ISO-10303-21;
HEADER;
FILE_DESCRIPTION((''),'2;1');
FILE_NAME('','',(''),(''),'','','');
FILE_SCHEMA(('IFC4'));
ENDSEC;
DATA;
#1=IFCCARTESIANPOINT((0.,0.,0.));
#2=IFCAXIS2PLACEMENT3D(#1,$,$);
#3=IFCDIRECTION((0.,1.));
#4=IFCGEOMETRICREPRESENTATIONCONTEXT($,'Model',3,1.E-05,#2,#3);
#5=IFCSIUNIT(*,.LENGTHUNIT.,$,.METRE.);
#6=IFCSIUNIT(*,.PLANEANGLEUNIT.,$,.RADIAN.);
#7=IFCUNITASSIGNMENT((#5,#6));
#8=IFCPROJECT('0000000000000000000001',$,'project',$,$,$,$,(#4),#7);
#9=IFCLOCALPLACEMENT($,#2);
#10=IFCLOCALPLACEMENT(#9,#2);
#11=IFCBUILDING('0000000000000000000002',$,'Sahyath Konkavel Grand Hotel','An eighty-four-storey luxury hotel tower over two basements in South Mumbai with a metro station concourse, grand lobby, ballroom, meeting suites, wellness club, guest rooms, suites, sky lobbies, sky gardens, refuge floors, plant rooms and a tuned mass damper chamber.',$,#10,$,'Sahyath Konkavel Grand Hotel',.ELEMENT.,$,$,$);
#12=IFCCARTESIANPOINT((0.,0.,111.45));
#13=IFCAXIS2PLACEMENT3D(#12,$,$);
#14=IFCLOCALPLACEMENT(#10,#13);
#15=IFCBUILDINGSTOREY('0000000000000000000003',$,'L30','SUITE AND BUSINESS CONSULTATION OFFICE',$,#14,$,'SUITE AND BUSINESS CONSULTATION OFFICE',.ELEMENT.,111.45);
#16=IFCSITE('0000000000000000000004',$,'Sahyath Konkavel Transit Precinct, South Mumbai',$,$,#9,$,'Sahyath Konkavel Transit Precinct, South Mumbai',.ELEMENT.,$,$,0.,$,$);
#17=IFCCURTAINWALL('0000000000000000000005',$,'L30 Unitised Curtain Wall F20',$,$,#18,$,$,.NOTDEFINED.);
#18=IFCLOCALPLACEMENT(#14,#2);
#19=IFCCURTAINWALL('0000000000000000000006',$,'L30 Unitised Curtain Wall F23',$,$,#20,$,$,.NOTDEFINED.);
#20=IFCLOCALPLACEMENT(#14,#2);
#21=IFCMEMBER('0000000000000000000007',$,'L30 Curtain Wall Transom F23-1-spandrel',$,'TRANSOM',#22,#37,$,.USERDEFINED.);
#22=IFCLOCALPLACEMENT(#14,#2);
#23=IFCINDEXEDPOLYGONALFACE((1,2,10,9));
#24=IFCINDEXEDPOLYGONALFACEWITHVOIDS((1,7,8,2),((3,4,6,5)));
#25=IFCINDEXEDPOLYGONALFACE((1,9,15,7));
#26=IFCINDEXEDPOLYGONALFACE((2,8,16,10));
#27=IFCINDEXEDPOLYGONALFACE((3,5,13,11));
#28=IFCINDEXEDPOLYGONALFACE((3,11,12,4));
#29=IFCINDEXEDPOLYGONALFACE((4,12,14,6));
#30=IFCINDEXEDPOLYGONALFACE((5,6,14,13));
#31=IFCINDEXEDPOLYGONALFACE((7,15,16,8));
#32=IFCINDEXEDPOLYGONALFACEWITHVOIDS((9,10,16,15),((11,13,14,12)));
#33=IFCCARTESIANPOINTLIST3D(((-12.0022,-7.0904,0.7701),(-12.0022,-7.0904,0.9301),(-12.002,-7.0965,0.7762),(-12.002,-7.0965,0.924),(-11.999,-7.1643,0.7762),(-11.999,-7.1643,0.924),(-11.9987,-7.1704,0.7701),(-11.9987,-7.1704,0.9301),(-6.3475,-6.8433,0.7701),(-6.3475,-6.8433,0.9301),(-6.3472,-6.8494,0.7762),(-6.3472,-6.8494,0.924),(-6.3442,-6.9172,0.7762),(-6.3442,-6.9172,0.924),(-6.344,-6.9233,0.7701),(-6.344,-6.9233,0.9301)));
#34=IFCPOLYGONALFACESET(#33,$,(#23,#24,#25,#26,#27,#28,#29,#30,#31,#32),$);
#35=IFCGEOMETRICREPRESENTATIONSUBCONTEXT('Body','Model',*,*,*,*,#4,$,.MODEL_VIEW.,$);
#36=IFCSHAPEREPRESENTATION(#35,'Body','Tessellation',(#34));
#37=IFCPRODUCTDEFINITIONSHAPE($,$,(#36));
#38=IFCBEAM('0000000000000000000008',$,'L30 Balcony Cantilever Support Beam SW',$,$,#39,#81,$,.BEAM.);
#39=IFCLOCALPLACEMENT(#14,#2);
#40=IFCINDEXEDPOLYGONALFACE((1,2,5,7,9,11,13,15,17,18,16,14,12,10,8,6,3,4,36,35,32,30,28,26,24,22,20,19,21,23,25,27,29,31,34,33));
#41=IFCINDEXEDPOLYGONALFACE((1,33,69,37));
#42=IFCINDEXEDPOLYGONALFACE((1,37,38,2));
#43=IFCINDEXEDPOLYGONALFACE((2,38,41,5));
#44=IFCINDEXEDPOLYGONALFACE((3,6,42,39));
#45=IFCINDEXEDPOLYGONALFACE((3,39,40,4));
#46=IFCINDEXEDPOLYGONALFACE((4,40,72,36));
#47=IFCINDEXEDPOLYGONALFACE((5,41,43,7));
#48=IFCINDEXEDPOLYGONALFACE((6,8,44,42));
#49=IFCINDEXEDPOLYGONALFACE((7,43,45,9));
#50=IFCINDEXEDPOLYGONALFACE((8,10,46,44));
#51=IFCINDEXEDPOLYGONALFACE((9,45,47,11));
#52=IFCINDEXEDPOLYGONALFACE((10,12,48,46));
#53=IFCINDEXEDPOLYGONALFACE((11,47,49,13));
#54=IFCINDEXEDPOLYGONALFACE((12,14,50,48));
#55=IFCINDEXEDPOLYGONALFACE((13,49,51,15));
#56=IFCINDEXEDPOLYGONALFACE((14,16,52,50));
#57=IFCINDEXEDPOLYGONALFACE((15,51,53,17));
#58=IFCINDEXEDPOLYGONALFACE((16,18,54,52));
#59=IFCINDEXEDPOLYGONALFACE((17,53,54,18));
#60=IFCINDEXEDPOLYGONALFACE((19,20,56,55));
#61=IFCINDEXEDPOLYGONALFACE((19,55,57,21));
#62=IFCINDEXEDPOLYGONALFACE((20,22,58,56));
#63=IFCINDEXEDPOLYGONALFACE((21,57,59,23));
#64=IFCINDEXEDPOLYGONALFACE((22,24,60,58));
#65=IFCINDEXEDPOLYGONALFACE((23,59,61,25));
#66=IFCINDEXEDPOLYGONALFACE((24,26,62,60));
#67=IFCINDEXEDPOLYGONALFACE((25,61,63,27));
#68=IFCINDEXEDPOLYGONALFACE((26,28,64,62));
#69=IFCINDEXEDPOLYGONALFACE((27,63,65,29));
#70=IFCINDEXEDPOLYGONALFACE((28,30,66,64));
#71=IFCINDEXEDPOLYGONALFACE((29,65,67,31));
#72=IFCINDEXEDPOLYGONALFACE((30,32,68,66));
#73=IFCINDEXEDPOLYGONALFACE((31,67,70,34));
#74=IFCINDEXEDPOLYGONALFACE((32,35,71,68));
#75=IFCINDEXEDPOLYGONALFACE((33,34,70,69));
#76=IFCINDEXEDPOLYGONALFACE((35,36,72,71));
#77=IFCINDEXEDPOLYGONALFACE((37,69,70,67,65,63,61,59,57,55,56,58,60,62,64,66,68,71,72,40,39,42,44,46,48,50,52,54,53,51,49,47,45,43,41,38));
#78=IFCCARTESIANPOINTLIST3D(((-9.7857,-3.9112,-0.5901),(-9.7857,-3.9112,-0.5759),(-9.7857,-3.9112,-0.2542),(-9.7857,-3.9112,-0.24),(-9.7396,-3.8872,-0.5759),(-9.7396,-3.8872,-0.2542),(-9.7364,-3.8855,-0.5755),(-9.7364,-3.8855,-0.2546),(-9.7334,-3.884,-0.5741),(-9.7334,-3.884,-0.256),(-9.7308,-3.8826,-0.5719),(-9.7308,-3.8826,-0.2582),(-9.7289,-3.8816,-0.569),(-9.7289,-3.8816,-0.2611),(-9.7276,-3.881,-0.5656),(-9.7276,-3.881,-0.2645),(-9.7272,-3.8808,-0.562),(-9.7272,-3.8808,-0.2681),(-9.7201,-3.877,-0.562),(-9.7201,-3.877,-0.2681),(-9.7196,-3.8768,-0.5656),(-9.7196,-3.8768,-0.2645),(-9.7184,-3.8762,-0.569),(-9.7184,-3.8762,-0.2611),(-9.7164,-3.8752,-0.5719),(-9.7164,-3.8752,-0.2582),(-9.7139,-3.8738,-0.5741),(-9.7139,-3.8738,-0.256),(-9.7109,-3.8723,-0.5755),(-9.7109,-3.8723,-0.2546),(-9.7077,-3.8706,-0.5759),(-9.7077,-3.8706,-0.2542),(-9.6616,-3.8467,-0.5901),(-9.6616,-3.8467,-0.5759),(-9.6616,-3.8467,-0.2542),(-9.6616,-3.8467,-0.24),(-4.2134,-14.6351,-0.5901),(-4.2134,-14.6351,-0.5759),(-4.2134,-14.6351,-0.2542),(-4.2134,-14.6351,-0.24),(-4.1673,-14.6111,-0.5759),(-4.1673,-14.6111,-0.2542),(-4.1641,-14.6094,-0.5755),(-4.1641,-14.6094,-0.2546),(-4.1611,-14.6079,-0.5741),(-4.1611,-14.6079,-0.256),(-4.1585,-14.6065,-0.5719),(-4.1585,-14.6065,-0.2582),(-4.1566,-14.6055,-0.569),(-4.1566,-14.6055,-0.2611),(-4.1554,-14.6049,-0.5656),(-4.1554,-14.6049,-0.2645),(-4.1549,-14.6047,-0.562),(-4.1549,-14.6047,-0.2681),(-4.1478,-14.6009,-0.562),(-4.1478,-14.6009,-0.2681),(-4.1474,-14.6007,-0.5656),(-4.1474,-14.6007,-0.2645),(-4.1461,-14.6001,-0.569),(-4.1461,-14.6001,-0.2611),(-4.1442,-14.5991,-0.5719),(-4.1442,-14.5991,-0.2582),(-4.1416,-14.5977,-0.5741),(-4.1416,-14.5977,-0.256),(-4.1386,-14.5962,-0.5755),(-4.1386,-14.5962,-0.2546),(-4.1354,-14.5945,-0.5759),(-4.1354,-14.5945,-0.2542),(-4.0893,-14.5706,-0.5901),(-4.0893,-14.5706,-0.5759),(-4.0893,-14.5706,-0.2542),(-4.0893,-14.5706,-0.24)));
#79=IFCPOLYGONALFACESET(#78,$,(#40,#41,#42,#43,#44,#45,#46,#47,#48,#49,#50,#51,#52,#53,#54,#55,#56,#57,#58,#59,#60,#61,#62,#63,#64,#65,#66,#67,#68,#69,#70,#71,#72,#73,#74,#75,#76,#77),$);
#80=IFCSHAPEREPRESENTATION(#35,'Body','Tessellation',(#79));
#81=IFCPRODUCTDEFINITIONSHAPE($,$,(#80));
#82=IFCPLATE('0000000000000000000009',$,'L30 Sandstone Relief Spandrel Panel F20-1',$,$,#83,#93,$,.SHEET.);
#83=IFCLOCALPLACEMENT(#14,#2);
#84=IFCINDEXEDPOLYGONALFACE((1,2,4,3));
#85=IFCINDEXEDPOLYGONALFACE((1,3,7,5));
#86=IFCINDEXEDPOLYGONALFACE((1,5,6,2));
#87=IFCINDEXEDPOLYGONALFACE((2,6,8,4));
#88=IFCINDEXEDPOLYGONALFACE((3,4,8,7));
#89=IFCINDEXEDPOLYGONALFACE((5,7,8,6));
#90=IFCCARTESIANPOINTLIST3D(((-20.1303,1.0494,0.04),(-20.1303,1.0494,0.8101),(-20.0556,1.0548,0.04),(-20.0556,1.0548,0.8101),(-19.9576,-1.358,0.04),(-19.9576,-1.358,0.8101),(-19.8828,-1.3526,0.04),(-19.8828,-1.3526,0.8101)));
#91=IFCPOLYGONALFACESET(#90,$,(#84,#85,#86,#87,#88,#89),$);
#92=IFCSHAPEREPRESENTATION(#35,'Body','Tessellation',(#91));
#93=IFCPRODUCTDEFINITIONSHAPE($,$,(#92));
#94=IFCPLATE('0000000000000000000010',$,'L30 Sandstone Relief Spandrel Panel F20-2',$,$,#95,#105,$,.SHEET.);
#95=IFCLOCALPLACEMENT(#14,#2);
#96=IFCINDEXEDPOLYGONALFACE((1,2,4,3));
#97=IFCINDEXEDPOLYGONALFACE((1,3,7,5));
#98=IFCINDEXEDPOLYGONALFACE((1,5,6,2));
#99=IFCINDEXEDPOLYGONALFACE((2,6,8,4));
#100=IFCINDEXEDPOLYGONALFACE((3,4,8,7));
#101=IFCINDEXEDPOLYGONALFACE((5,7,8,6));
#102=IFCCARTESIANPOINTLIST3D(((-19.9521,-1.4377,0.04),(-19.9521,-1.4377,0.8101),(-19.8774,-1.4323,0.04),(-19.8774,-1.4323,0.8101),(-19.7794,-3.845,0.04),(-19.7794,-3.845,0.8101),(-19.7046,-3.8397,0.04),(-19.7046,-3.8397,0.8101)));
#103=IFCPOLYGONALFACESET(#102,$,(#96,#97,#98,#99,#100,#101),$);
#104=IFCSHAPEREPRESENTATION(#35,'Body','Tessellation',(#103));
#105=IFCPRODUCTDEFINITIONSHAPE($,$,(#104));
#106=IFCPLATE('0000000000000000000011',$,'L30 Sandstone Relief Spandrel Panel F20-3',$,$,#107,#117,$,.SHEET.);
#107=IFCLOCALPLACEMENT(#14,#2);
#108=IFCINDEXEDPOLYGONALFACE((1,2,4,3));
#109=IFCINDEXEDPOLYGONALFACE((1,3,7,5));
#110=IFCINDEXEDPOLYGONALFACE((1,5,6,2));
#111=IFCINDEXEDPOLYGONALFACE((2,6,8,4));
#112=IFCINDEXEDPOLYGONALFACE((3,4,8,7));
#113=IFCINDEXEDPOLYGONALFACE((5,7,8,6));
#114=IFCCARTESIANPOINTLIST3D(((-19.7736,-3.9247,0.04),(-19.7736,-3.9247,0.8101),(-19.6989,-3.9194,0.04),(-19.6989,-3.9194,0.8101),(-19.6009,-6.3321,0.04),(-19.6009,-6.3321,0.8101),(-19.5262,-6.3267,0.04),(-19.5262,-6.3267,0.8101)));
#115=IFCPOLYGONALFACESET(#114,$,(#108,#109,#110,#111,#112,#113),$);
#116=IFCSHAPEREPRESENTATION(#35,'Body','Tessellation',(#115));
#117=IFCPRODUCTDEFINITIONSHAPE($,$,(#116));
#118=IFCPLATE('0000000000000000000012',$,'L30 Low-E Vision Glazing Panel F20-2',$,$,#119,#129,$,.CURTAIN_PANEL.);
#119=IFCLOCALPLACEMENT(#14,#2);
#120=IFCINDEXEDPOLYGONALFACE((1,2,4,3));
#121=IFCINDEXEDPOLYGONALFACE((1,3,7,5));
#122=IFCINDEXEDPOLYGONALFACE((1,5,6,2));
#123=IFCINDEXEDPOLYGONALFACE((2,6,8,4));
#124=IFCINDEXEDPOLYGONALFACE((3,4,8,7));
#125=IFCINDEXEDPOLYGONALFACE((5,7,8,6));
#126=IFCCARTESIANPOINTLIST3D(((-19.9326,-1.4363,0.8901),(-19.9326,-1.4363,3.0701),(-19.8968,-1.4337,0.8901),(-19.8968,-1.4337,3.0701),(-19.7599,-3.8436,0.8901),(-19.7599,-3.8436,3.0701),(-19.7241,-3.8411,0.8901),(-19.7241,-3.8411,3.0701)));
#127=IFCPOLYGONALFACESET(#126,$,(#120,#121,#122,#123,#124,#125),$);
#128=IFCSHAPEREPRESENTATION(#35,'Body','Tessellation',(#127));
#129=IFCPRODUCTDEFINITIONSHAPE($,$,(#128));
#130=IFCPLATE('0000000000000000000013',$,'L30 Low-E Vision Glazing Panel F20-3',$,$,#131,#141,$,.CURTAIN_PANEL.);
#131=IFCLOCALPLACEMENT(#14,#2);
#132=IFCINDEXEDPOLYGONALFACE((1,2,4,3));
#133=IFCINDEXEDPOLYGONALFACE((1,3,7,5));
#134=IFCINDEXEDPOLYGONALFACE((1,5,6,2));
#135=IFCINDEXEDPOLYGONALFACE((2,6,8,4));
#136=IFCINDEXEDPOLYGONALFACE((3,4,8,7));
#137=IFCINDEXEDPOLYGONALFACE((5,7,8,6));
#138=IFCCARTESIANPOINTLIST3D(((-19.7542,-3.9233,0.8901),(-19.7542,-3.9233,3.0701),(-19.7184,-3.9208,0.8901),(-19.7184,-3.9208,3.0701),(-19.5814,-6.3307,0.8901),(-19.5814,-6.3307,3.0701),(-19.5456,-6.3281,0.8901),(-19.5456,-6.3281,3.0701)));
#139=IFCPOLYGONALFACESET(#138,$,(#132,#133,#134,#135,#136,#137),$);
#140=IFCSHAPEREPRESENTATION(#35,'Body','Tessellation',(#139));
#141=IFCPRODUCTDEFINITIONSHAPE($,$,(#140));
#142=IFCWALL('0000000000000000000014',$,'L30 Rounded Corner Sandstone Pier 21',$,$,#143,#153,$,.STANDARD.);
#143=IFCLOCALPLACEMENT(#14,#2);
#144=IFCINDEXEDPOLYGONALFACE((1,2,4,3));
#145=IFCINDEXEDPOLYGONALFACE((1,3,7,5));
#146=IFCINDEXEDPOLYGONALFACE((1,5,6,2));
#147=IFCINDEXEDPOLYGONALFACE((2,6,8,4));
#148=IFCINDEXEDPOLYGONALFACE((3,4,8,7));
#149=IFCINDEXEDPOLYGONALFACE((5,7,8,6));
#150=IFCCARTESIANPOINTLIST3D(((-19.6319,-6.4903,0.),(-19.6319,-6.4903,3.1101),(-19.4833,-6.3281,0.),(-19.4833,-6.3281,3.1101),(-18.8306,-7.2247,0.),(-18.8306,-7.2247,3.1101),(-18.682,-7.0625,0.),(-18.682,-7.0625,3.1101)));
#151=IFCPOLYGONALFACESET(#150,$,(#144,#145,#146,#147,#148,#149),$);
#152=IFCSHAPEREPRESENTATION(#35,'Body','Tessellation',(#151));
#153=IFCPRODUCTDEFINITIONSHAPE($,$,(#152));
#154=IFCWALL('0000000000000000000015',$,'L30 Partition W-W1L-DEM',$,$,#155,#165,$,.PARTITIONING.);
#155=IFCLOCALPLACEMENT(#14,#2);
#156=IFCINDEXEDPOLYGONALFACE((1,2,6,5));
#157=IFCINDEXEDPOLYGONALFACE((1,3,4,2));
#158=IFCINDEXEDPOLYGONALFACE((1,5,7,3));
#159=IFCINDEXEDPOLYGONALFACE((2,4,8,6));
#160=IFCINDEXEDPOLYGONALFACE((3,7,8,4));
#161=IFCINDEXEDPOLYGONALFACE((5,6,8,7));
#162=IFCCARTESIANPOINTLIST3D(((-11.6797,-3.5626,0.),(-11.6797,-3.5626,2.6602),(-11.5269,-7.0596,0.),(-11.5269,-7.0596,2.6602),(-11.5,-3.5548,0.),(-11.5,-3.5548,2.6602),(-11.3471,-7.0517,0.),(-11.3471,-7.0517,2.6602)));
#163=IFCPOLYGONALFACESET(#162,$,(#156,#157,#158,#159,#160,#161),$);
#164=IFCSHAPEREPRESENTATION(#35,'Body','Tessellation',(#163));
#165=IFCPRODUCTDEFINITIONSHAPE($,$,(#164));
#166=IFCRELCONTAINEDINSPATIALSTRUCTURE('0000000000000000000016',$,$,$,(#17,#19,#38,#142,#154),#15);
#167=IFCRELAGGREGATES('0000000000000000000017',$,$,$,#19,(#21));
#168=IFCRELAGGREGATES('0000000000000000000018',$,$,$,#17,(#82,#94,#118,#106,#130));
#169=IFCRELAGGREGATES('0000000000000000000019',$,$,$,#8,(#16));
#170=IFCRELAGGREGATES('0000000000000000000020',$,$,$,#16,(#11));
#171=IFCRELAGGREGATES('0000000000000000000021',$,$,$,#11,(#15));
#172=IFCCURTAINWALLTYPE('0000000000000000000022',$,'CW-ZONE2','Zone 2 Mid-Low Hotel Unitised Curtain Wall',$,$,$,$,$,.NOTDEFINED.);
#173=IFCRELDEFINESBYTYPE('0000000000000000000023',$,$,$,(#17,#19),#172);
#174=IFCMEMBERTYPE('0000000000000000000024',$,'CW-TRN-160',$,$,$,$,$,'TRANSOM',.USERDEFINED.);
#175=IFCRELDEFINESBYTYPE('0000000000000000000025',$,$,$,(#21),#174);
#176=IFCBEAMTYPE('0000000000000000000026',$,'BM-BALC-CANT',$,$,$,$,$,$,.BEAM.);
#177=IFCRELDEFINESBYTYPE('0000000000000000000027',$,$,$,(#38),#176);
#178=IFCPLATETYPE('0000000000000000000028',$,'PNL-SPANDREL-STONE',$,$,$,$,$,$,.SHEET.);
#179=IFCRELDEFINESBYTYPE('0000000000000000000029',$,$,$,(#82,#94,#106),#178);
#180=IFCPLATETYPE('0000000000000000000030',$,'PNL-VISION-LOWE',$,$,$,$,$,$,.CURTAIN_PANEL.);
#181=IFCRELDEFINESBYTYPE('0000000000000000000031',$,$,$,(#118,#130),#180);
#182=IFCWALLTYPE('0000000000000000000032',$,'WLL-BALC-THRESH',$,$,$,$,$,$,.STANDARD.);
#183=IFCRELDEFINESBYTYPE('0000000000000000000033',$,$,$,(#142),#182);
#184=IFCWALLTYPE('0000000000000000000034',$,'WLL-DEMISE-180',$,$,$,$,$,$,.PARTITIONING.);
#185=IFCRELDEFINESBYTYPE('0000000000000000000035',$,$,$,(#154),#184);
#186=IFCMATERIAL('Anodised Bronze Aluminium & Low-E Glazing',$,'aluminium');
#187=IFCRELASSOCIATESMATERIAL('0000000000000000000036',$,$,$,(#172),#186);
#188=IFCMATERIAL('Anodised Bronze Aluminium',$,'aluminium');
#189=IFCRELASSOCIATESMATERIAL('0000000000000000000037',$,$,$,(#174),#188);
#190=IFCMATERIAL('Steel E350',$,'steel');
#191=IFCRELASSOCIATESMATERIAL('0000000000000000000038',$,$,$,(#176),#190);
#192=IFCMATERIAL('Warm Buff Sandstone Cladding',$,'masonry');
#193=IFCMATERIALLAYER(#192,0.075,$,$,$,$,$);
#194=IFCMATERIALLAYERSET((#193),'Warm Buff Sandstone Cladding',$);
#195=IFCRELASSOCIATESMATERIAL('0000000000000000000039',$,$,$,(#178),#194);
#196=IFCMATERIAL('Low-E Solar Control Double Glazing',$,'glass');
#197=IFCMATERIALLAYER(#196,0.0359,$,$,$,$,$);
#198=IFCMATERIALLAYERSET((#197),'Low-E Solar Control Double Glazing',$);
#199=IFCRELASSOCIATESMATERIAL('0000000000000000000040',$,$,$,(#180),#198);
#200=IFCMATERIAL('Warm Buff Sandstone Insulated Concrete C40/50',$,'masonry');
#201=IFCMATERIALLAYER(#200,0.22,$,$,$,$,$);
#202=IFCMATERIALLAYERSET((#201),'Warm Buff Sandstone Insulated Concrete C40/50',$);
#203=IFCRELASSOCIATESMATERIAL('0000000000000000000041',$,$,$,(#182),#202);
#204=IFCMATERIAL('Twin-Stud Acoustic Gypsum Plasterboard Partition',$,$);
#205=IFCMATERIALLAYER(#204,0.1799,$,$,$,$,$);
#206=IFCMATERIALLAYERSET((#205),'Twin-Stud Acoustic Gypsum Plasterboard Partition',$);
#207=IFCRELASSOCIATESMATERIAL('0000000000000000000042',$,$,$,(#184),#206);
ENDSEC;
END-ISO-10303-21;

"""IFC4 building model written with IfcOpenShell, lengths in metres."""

from ifc_helpers import new_model, si_unit, direction, frame, frame_2d, origin, origin_2d, place, context, subcontext, project, spatial, rectangle, hollow_rectangle, i_section, extrude, source, transform, mapped, material, layer, layer_set, material_profile, profile_set, type_object, element, aggregate, save


model = new_model("IFC4")

# Units and contexts
model_context = context("Model", 3, precision=1e-05, world=origin(), true_north=direction((0.0, 1.0)))
body_context = subcontext(model_context, "Body", "Model", "MODEL_VIEW")
ifc_project = project(units=[si_unit("LENGTHUNIT", "METRE"), si_unit("PLANEANGLEUNIT", "RADIAN")], contexts=[model_context])

# Site, building, storey
site_placement = place(None, origin())
site = spatial("IfcSite", under=ifc_project, at=site_placement, Name="Sahyath Konkavel Transit Precinct, South Mumbai", LongName="Sahyath Konkavel Transit Precinct, South Mumbai", CompositionType="ELEMENT", RefElevation=0.0)
building_placement = place(site_placement, origin())
building = spatial("IfcBuilding", under=site, at=building_placement, Name="Sahyath Konkavel Grand Hotel", Description="An eighty-four-storey luxury hotel tower over two basements in South Mumbai with a metro station concourse, grand lobby, ballroom, meeting suites, wellness club, guest rooms, suites, sky lobbies, sky gardens, refuge floors, plant rooms and a tuned mass damper chamber.", LongName="Sahyath Konkavel Grand Hotel", CompositionType="ELEMENT")
storey_placement = place(building_placement, frame((0.0, 0.0, 111.45)))
storey = spatial("IfcBuildingStorey", under=building, at=storey_placement, Name="L30", Description="SUITE AND BUSINESS CONSULTATION OFFICE", LongName="SUITE AND BUSINESS CONSULTATION OFFICE", CompositionType="ELEMENT", Elevation=111.45)

# Shared definitions
ifc_material_1 = material(Name="Steel E350", Category="steel")

# Curtain wall
ifc_material_2 = material(Name="Anodised Bronze Aluminium & Low-E Glazing", Category="aluminium")
curtain_wall_type = type_object("IfcCurtainWallType", Name="CW-ZONE2", Description="Zone 2 Mid-Low Hotel Unitised Curtain Wall", PredefinedType="NOTDEFINED", material=ifc_material_2)
curtain_wall_1_placement = place(storey_placement, origin())
curtain_wall_1 = element("IfcCurtainWall", 1, at=curtain_wall_1_placement, inside=storey, type_object=curtain_wall_type, Name="L30 Unitised Curtain Wall F20", PredefinedType="NOTDEFINED")
ifc_material_3 = material(Name="Anodised Bronze Aluminium", Category="aluminium")
ifc_material_profile_1 = material_profile(ifc_material_3, hollow_rectangle(XDim=0.0801, YDim=0.1599, WallThickness=0.0061, at=origin_2d()), Name="RHS 160x80x6")
ifc_profile_set_1 = profile_set([ifc_material_profile_1], Name="Anodised Bronze Aluminium")
member_type_1 = type_object("IfcMemberType", Name="CW-TRN-160", ElementType="TRANSOM", PredefinedType="USERDEFINED", material=ifc_profile_set_1)

# Curtain wall, member
curtain_wall_2_placement = place(storey_placement, origin())
curtain_wall_2 = element("IfcCurtainWall", 2, at=curtain_wall_2_placement, inside=storey, type_object=curtain_wall_type, Name="L30 Unitised Curtain Wall F23", PredefinedType="NOTDEFINED")
shared_shape_1 = source(origin(), body_context, "Body", "SweptSolid", [
    extrude(hollow_rectangle(XDim=0.0801, YDim=0.1599, WallThickness=0.0061, at=origin_2d()), origin(), (0.0, 0.0, 1.0), 5.6602),
])
member_1_placement = place(storey_placement, frame((-12.0005, -7.1304, 0.8501), z_axis=(0.999047, 0.043651, 0.0), x_axis=(-0.043651, 0.999047, 0.0)))
member_1 = element("IfcMember", 3, at=member_1_placement, type_object=member_type_1, Name="L30 Curtain Wall Transom F23-1-spandrel", ObjectType="TRANSOM", PredefinedType="USERDEFINED", context=body_context, shape_type="MappedRepresentation", body=[
    mapped(shared_shape_1, transform((0.0, 0.0, 0.0), scale=1.0)),
])
aggregate(curtain_wall_2, [member_1])

# Beam
ifc_material_profile_2 = material_profile(ifc_material_1, i_section(OverallWidth=0.1399, OverallDepth=0.3501, WebThickness=0.0081, FlangeThickness=0.0142, FilletRadius=0.0139, at=origin_2d()), Name="ISMB 350")
ifc_profile_set_2 = profile_set([ifc_material_profile_2], Name="Steel E350")
beam_type_1 = type_object("IfcBeamType", Name="BM-BALC-CANT", PredefinedType="BEAM", material=ifc_profile_set_2)
shared_shape_2 = source(origin(), body_context, "Body", "SweptSolid", [
    extrude(i_section(OverallWidth=0.1399, OverallDepth=0.3501, WebThickness=0.0081, FlangeThickness=0.0142, FilletRadius=0.0139, at=origin_2d()), origin(), (0.0, 0.0, 1.0), 12.0852),
])
beam_1_placement = place(storey_placement, frame((-9.7236, -3.8789, -0.415), z_axis=(0.461082, -0.887357, 0.0), x_axis=(0.887357, 0.461082, 0.0)))
element("IfcBeam", 4, at=beam_1_placement, inside=storey, type_object=beam_type_1, Name="L30 Balcony Cantilever Support Beam SW", PredefinedType="BEAM", context=body_context, shape_type="MappedRepresentation", body=[
    mapped(shared_shape_2, transform((0.0, 0.0, 0.0), scale=1.0)),
])

# Plates
ifc_material_4 = material(Name="Warm Buff Sandstone Cladding", Category="masonry")
ifc_layer_1 = layer(ifc_material_4, 0.075)
ifc_layer_set_1 = layer_set([ifc_layer_1], Name="Warm Buff Sandstone Cladding")
plate_type_1 = type_object("IfcPlateType", Name="PNL-SPANDREL-STONE", PredefinedType="SHEET", material=ifc_layer_set_1)
shared_shape_3 = source(origin(), body_context, "Body", "SweptSolid", [
    extrude(rectangle(XDim=2.4136, YDim=0.075, at=origin_2d()), origin(), (0.0, 0.0, 1.0), 0.77),
])
plate_1_placement = place(storey_placement, frame((-20.0066, -0.1516, 0.04), z_axis=(0.0, 0.0, 1.0), x_axis=(0.071567, -0.997436, 0.0)))
plate_1 = element("IfcPlate", 5, at=plate_1_placement, type_object=plate_type_1, Name="L30 Sandstone Relief Spandrel Panel F20-1", PredefinedType="SHEET", context=body_context, shape_type="MappedRepresentation", body=[
    mapped(shared_shape_3, transform((0.0, 0.0, 0.0), scale=1.0)),
])
plate_2_placement = place(storey_placement, frame((-19.8284, -2.6387, 0.04), z_axis=(0.0, 0.0, 1.0), x_axis=(0.071567, -0.997436, 0.0)))
plate_2 = element("IfcPlate", 6, at=plate_2_placement, type_object=plate_type_1, Name="L30 Sandstone Relief Spandrel Panel F20-2", PredefinedType="SHEET", context=body_context, shape_type="MappedRepresentation", body=[
    mapped(shared_shape_3, transform((0.0, 0.0, 0.0), scale=1.0)),
])
plate_3_placement = place(storey_placement, frame((-19.6499, -5.1257, 0.04), z_axis=(0.0, 0.0, 1.0), x_axis=(0.071567, -0.997436, 0.0)))
plate_3 = element("IfcPlate", 7, at=plate_3_placement, type_object=plate_type_1, Name="L30 Sandstone Relief Spandrel Panel F20-3", PredefinedType="SHEET", context=body_context, shape_type="MappedRepresentation", body=[
    mapped(shared_shape_3, transform((0.0, 0.0, 0.0), scale=1.0)),
])
ifc_material_5 = material(Name="Low-E Solar Control Double Glazing", Category="glass")
ifc_layer_2 = layer(ifc_material_5, 0.0359)
ifc_layer_set_2 = layer_set([ifc_layer_2], Name="Low-E Solar Control Double Glazing")
plate_type_2 = type_object("IfcPlateType", Name="PNL-VISION-LOWE", PredefinedType="CURTAIN_PANEL", material=ifc_layer_set_2)
shared_shape_4 = source(origin(), body_context, "Body", "SweptSolid", [
    extrude(rectangle(XDim=2.4136, YDim=0.0359, at=origin_2d()), origin(), (0.0, 0.0, 1.0), 2.1799),
])
plate_4_placement = place(storey_placement, frame((-19.8284, -2.6387, 0.8901), z_axis=(0.0, 0.0, 1.0), x_axis=(0.071567, -0.997436, 0.0)))
plate_4 = element("IfcPlate", 8, at=plate_4_placement, type_object=plate_type_2, Name="L30 Low-E Vision Glazing Panel F20-2", PredefinedType="CURTAIN_PANEL", context=body_context, shape_type="MappedRepresentation", body=[
    mapped(shared_shape_4, transform((0.0, 0.0, 0.0), scale=1.0)),
])
plate_5_placement = place(storey_placement, frame((-19.6499, -5.1257, 0.8901), z_axis=(0.0, 0.0, 1.0), x_axis=(0.071567, -0.997436, 0.0)))
plate_5 = element("IfcPlate", 9, at=plate_5_placement, type_object=plate_type_2, Name="L30 Low-E Vision Glazing Panel F20-3", PredefinedType="CURTAIN_PANEL", context=body_context, shape_type="MappedRepresentation", body=[
    mapped(shared_shape_4, transform((0.0, 0.0, 0.0), scale=1.0)),
])
aggregate(curtain_wall_1, [plate_1, plate_2, plate_4, plate_3, plate_5])

# Walls
ifc_material_6 = material(Name="Warm Buff Sandstone Insulated Concrete C40/50", Category="masonry")
ifc_layer_3 = layer(ifc_material_6, 0.22)
ifc_layer_set_3 = layer_set([ifc_layer_3], Name="Warm Buff Sandstone Insulated Concrete C40/50")
wall_type_1 = type_object("IfcWallType", Name="WLL-BALC-THRESH", PredefinedType="STANDARD", material=ifc_layer_set_3)
wall_1_placement = place(storey_placement, frame((-19.5576, -6.4092, 0.0), z_axis=(0.0, 0.0, 1.0), x_axis=(0.73721, -0.675664, 0.0)))
element("IfcWall", 10, at=wall_1_placement, inside=storey, type_object=wall_type_1, Name="L30 Rounded Corner Sandstone Pier 21", PredefinedType="STANDARD", context=body_context, shape_type="SweptSolid", body=[
    extrude(rectangle(XDim=1.0869, YDim=0.22, at=frame_2d((0.5435, 0.0))), origin(), (0.0, 0.0, 1.0), 3.1101),
])
ifc_material_7 = material(Name="Twin-Stud Acoustic Gypsum Plasterboard Partition")
ifc_layer_4 = layer(ifc_material_7, 0.1799)
ifc_layer_set_4 = layer_set([ifc_layer_4], Name="Twin-Stud Acoustic Gypsum Plasterboard Partition")
wall_type_2 = type_object("IfcWallType", Name="WLL-DEMISE-180", PredefinedType="PARTITIONING", material=ifc_layer_set_4)
wall_2_placement = place(storey_placement, frame((-11.5898, -3.5588, 0.0), z_axis=(0.0, 0.0, 1.0), x_axis=(0.043664, -0.999046, 0.0)))
element("IfcWall", 11, at=wall_2_placement, inside=storey, type_object=wall_type_2, Name="L30 Partition W-W1L-DEM", PredefinedType="PARTITIONING", context=body_context, shape_type="SweptSolid", body=[
    extrude(rectangle(XDim=3.5002, YDim=0.1799, at=frame_2d((1.75, 0.0))), origin(), (0.0, 0.0, 1.0), 2.6602),
])

save(model, "model.ifc")
